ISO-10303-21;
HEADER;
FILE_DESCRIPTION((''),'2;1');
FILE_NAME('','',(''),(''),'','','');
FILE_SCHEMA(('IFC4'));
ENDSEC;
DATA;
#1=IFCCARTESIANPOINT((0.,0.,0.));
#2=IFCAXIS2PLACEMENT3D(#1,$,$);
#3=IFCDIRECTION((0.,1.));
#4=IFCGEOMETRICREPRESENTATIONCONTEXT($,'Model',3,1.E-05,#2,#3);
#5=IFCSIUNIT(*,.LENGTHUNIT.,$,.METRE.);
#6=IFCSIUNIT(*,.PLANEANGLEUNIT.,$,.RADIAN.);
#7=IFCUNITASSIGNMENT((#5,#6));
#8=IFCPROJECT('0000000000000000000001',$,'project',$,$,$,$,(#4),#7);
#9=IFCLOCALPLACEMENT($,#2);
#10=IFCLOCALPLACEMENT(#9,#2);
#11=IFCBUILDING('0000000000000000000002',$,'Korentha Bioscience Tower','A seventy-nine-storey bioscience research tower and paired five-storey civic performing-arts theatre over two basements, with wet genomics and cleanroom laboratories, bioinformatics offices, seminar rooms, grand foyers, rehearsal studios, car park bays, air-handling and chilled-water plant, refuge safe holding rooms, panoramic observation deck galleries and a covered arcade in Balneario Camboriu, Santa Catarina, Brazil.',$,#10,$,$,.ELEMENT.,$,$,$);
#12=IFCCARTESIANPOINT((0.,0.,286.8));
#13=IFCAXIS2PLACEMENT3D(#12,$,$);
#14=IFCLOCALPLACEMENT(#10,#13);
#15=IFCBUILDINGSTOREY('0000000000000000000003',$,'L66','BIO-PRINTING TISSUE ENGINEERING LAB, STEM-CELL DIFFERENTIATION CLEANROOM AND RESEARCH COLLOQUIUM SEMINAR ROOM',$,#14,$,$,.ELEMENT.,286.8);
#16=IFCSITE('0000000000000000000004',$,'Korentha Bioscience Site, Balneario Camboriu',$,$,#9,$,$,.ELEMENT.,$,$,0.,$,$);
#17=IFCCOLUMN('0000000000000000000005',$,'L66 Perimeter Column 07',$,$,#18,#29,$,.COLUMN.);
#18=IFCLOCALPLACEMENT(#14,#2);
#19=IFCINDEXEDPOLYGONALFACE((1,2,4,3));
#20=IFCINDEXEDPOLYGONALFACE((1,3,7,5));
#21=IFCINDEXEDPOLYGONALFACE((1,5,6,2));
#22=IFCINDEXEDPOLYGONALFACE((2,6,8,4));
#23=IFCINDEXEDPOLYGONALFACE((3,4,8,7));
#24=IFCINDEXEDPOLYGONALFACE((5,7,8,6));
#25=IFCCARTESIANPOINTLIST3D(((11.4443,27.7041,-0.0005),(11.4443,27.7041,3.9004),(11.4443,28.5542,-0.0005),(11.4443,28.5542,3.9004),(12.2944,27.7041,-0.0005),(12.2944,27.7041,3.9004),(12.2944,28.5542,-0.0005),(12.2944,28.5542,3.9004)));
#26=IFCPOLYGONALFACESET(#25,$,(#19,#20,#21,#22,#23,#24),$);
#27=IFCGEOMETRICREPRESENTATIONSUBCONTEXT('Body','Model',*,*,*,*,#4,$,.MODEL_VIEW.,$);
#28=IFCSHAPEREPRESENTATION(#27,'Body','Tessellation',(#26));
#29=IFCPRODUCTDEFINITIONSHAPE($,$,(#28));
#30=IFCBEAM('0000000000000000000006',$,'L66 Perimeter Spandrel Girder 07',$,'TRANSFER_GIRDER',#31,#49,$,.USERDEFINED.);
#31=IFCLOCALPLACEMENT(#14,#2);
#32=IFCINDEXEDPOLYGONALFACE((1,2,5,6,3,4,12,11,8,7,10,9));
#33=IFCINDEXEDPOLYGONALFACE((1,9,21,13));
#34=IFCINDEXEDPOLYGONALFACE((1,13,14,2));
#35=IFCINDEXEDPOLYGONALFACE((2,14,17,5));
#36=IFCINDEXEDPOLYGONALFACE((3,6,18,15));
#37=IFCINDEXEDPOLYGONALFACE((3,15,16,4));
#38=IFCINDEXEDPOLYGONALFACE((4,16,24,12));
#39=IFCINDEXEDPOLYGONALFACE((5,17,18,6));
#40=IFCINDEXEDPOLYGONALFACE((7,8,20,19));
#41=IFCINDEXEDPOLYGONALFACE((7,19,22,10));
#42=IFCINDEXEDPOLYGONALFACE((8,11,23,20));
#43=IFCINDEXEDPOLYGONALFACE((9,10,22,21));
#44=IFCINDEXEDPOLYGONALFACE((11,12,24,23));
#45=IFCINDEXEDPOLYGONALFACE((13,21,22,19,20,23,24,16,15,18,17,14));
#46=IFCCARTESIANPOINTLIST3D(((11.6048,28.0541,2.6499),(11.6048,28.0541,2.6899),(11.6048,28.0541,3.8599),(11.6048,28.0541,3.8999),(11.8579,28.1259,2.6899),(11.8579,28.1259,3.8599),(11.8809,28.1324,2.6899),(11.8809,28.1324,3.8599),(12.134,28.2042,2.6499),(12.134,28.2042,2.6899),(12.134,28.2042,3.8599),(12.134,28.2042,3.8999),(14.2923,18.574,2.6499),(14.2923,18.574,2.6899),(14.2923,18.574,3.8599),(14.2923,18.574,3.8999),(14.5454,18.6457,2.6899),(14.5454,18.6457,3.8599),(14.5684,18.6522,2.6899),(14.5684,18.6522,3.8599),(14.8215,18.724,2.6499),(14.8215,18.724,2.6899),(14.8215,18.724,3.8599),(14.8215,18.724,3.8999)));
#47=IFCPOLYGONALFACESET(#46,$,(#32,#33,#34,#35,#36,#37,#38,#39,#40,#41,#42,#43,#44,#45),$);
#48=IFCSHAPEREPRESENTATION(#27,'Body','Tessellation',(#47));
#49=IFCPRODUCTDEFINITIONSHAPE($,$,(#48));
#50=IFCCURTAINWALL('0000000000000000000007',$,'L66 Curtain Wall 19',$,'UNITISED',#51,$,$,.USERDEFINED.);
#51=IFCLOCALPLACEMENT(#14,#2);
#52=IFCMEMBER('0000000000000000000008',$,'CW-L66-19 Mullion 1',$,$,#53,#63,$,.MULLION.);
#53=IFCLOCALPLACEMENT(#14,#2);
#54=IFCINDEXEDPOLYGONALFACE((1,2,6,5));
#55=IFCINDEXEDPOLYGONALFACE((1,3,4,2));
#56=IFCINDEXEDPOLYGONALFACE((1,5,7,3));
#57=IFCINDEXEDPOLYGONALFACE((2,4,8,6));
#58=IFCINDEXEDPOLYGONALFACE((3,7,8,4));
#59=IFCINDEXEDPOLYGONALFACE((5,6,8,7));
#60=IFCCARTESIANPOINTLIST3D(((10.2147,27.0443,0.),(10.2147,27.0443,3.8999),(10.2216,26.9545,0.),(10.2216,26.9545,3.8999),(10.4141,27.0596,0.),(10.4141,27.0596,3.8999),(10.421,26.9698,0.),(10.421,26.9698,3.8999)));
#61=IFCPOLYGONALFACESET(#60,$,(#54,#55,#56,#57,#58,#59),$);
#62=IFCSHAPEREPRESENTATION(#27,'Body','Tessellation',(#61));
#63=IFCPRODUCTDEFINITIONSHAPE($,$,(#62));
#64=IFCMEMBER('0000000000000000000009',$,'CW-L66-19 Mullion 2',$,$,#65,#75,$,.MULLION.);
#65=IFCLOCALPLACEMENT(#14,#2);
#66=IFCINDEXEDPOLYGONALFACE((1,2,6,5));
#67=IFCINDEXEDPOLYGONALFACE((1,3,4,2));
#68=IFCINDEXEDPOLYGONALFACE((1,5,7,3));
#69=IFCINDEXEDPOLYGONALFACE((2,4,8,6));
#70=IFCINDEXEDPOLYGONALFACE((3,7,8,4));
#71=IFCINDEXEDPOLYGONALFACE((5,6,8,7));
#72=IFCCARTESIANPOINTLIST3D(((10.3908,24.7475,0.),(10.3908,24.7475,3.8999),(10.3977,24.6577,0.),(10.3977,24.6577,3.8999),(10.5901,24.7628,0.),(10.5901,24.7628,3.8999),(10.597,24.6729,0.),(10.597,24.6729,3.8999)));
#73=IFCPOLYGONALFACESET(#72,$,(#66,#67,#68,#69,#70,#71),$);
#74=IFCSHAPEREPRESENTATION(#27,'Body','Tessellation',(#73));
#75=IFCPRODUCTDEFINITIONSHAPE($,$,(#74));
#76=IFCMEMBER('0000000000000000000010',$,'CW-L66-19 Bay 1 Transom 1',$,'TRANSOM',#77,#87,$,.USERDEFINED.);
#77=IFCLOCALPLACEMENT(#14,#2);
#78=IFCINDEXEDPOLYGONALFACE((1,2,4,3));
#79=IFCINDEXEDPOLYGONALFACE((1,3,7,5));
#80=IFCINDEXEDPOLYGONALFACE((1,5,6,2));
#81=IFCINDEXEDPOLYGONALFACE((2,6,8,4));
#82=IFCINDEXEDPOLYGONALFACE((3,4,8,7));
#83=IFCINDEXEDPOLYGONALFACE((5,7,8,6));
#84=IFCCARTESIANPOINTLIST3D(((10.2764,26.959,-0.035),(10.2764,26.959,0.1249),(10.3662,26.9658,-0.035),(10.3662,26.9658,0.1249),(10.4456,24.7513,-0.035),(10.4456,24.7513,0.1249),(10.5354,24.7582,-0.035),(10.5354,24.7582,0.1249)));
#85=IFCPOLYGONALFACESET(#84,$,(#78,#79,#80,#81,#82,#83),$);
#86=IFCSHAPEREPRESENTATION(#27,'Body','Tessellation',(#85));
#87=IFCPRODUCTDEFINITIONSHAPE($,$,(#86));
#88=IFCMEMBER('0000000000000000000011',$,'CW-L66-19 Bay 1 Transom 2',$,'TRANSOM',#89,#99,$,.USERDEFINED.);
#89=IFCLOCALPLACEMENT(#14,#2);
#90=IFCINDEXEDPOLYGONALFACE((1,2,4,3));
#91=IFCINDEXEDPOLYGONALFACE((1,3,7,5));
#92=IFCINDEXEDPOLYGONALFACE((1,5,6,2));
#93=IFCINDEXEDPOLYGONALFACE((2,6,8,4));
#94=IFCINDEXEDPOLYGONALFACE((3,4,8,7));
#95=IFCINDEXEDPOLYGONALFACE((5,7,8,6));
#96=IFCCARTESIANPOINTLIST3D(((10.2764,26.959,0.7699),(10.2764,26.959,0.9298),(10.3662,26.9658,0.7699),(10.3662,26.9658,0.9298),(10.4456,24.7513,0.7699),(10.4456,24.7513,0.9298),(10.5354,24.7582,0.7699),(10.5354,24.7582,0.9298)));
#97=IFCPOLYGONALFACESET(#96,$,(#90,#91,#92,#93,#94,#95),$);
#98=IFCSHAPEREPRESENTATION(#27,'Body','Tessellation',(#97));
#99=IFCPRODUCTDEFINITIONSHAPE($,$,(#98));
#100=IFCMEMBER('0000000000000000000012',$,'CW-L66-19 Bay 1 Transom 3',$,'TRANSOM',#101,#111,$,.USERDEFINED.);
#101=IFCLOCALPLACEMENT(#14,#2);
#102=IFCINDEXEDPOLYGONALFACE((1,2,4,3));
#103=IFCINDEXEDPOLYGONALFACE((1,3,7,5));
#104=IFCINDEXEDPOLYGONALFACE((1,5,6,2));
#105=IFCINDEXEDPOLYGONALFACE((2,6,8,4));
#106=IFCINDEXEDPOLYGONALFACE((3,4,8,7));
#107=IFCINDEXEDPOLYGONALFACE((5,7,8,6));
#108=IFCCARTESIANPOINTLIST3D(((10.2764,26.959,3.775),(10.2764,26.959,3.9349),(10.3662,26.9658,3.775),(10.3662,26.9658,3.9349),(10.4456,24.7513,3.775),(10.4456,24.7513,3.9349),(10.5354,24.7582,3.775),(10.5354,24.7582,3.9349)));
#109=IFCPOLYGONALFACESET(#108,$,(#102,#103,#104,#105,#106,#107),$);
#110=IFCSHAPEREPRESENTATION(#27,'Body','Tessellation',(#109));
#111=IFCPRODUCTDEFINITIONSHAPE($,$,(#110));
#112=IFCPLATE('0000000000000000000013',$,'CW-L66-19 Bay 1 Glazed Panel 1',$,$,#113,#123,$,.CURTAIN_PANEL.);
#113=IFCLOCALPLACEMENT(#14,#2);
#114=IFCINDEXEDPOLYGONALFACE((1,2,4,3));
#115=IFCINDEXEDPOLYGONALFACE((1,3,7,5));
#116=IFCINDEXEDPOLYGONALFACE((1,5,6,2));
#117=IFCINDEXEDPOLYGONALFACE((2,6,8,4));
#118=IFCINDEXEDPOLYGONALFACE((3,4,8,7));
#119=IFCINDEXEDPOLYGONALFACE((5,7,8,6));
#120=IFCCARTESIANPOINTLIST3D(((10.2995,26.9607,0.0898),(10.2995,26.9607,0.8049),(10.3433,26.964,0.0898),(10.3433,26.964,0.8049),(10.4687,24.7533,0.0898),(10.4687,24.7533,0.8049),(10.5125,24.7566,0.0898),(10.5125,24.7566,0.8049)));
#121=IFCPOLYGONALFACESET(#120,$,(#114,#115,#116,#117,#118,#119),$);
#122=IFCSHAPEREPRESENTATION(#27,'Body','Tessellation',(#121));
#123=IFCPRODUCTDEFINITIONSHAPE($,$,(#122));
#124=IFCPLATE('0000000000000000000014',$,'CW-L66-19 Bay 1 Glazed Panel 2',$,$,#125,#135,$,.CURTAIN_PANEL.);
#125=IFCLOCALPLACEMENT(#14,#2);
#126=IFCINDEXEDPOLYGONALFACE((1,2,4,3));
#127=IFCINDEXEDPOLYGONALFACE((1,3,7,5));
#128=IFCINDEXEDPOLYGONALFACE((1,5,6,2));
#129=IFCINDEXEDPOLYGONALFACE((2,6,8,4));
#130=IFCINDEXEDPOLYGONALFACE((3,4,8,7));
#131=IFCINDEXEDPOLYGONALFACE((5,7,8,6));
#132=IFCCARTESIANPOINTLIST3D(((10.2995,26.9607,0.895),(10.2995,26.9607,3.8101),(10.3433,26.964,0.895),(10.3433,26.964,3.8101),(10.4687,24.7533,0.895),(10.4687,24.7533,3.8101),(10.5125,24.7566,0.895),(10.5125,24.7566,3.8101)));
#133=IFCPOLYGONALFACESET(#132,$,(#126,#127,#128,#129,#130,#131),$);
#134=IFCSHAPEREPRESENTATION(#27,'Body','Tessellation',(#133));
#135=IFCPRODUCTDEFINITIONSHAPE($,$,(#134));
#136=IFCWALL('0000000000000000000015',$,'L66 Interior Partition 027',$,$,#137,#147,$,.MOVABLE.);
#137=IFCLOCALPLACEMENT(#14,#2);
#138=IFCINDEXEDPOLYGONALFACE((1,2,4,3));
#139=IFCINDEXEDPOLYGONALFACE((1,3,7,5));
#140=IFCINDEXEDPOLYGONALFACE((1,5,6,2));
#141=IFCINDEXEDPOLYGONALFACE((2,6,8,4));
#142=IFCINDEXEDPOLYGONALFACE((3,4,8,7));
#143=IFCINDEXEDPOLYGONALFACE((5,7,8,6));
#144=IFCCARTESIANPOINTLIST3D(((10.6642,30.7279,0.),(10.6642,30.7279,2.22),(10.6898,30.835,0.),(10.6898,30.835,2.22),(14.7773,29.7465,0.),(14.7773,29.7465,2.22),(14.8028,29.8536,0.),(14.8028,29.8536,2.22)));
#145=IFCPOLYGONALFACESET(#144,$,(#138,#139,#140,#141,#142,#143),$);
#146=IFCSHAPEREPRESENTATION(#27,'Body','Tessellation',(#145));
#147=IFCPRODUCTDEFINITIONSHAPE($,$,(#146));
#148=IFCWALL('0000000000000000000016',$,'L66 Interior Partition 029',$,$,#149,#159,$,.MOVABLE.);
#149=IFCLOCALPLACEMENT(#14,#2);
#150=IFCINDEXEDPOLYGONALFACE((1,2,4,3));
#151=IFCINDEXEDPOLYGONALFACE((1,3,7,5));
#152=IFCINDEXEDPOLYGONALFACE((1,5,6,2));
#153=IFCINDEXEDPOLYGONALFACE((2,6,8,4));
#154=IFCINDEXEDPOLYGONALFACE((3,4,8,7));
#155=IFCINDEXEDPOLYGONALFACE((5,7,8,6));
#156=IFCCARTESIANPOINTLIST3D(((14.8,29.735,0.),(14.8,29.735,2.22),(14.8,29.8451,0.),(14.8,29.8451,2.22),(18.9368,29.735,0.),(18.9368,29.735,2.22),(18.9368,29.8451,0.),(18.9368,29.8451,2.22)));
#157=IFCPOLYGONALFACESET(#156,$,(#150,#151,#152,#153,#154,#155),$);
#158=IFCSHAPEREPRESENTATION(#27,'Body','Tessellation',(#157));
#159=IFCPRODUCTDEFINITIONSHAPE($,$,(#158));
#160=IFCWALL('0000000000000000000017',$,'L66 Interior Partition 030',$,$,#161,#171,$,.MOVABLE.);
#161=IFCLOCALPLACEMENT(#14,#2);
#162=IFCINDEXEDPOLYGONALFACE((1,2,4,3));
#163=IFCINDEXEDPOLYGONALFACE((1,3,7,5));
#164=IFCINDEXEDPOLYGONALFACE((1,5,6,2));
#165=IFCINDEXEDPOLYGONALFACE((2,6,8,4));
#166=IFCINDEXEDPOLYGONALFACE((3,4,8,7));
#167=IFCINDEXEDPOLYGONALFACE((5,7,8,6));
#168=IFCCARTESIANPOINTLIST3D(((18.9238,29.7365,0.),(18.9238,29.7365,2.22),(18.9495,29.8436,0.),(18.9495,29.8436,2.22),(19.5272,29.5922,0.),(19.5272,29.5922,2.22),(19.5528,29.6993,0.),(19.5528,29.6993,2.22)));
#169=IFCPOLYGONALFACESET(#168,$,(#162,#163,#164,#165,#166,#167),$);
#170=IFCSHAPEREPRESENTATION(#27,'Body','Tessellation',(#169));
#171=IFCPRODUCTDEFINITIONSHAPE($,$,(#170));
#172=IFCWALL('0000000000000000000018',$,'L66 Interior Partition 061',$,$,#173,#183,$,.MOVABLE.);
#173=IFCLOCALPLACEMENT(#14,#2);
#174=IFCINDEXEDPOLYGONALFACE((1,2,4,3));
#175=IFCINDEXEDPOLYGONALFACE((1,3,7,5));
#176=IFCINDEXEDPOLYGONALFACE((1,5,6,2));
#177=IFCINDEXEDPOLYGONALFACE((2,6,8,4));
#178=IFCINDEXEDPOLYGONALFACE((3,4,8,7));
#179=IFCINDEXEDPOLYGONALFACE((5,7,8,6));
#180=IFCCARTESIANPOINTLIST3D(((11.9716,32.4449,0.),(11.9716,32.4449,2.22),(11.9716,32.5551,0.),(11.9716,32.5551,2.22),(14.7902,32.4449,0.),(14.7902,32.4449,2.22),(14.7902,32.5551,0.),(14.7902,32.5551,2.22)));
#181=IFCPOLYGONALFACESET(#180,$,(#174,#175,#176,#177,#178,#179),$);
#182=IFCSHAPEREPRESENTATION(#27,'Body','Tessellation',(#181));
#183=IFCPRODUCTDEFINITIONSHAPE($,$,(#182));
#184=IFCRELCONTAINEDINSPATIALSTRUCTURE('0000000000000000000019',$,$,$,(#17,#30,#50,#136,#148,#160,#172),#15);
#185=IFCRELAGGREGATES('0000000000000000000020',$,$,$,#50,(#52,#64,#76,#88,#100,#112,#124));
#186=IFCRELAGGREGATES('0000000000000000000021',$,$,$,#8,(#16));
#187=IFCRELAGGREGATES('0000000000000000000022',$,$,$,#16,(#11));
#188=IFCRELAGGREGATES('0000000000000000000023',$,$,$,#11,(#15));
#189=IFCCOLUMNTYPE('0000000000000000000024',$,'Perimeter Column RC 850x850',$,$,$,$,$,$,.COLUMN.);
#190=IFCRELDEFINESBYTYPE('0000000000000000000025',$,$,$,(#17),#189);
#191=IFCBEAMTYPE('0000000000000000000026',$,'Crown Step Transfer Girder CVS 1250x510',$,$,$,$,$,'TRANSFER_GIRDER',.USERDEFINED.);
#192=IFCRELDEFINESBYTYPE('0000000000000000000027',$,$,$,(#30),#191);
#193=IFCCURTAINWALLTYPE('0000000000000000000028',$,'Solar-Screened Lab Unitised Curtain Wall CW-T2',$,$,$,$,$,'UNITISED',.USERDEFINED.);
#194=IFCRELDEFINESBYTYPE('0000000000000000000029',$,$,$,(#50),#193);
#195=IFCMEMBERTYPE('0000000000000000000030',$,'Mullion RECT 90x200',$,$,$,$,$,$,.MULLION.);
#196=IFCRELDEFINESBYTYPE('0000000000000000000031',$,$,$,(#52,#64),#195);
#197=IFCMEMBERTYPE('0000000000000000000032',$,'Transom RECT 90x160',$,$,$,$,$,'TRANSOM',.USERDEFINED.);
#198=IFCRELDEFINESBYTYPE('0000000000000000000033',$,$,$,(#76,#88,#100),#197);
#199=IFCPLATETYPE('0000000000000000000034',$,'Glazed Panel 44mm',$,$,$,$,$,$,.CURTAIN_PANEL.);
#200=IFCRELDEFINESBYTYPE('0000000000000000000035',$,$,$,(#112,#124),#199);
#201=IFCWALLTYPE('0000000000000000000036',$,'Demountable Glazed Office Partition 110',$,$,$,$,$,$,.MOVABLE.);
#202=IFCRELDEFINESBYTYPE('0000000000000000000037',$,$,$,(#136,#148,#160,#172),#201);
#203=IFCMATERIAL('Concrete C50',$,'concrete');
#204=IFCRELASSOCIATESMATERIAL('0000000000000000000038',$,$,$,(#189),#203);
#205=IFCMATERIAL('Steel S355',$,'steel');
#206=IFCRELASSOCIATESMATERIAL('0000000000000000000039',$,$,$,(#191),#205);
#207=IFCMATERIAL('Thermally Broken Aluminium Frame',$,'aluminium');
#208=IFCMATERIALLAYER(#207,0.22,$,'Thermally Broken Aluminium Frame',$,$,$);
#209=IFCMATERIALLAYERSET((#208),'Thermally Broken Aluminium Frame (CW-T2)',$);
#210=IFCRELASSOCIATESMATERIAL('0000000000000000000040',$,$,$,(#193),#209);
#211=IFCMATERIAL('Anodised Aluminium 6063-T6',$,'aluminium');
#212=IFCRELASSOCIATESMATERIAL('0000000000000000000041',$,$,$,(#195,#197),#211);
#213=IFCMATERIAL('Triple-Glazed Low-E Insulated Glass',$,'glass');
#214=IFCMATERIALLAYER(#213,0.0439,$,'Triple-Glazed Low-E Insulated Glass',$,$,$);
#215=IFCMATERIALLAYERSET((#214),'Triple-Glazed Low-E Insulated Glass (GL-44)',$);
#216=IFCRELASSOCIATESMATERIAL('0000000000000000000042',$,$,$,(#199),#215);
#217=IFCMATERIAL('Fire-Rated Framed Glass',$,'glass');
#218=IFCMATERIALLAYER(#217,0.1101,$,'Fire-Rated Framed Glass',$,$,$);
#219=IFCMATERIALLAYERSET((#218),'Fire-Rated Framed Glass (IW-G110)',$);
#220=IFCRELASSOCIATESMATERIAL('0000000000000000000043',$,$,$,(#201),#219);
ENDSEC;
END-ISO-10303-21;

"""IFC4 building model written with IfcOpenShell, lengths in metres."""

from ifc_helpers import new_model, si_unit, direction, frame, frame_2d, origin, origin_2d, place, context, subcontext, project, spatial, rectangle, i_section, extrude, material, layer, layer_set, material_profile, profile_set, type_object, element, aggregate, save


model = new_model("IFC4")

# Units and contexts
model_context = context("Model", 3, precision=1e-05, world=origin(), true_north=direction((0.0, 1.0)))
body_context = subcontext(model_context, "Body", "Model", "MODEL_VIEW")
ifc_project = project(units=[si_unit("LENGTHUNIT", "METRE"), si_unit("PLANEANGLEUNIT", "RADIAN")], contexts=[model_context])

# Site, building, storey
site_placement = place(None, origin())
site = spatial("IfcSite", under=ifc_project, at=site_placement, Name="Korentha Bioscience Site, Balneario Camboriu", CompositionType="ELEMENT", RefElevation=0.0)
building_placement = place(site_placement, origin())
building = spatial("IfcBuilding", under=site, at=building_placement, Name="Korentha Bioscience Tower", Description="A seventy-nine-storey bioscience research tower and paired five-storey civic performing-arts theatre over two basements, with wet genomics and cleanroom laboratories, bioinformatics offices, seminar rooms, grand foyers, rehearsal studios, car park bays, air-handling and chilled-water plant, refuge safe holding rooms, panoramic observation deck galleries and a covered arcade in Balneario Camboriu, Santa Catarina, Brazil.", CompositionType="ELEMENT")
storey_placement = place(building_placement, frame((0.0, 0.0, 286.8)))
storey = spatial("IfcBuildingStorey", under=building, at=storey_placement, Name="L66", Description="BIO-PRINTING TISSUE ENGINEERING LAB, STEM-CELL DIFFERENTIATION CLEANROOM AND RESEARCH COLLOQUIUM SEMINAR ROOM", CompositionType="ELEMENT", Elevation=286.8)

# Column
ifc_material_1 = material(Name="Concrete C50", Category="concrete")
ifc_material_profile_1 = material_profile(ifc_material_1, rectangle(XDim=0.8501, YDim=0.8501, at=origin_2d()), Name="Concrete C50")
ifc_profile_set_1 = profile_set([ifc_material_profile_1], Name="Concrete C50 (COL-P08)")
column_type = type_object("IfcColumnType", Name="Perimeter Column RC 850x850", PredefinedType="COLUMN", material=ifc_profile_set_1)
column_placement = place(storey_placement, frame((11.8694, 28.1292, -0.0005), z_axis=(0.0, 0.0, 1.0), x_axis=(0.0, 1.0, 0.0)))
element("IfcColumn", 1, at=column_placement, inside=storey, type_object=column_type, Name="L66 Perimeter Column 07", PredefinedType="COLUMN", context=body_context, shape_type="SweptSolid", body=[
    extrude(rectangle(XDim=0.8501, YDim=0.8501, at=origin_2d()), origin(), (0.0, 0.0, 1.0), 3.9009),
])

# Beam
ifc_material_2 = material(Name="Steel S355", Category="steel")
ifc_material_profile_2 = material_profile(ifc_material_2, i_section(OverallWidth=0.55, OverallDepth=1.25, WebThickness=0.0239, FlangeThickness=0.04, at=origin_2d()), Name="Steel S355")
ifc_profile_set_2 = profile_set([ifc_material_profile_2], Name="Steel S355 (TG-03)")
beam_type = type_object("IfcBeamType", Name="Crown Step Transfer Girder CVS 1250x510", ElementType="TRANSFER_GIRDER", PredefinedType="USERDEFINED", material=ifc_profile_set_2)
beam_placement = place(storey_placement, frame((11.8694, 28.1292, 3.2749), z_axis=(0.272738, -0.962088, 0.0), x_axis=(0.962088, 0.272738, 0.0)))
element("IfcBeam", 2, at=beam_placement, inside=storey, type_object=beam_type, Name="L66 Perimeter Spandrel Girder 07", ObjectType="TRANSFER_GIRDER", PredefinedType="USERDEFINED", context=body_context, shape_type="SweptSolid", body=[
    extrude(i_section(OverallWidth=0.55, OverallDepth=1.25, WebThickness=0.0239, FlangeThickness=0.04, at=origin_2d()), origin(), (0.0, 0.0, 1.0), 9.8538),
])

# Curtain wall, members, plates
ifc_material_3 = material(Name="Thermally Broken Aluminium Frame", Category="aluminium")
ifc_layer_1 = layer(ifc_material_3, 0.22, Name="Thermally Broken Aluminium Frame")
ifc_layer_set_1 = layer_set([ifc_layer_1], Name="Thermally Broken Aluminium Frame (CW-T2)")
curtain_wall_type = type_object("IfcCurtainWallType", Name="Solar-Screened Lab Unitised Curtain Wall CW-T2", ElementType="UNITISED", PredefinedType="USERDEFINED", material=ifc_layer_set_1)
curtain_wall_placement = place(storey_placement, origin())
curtain_wall = element("IfcCurtainWall", 3, at=curtain_wall_placement, inside=storey, type_object=curtain_wall_type, Name="L66 Curtain Wall 19", ObjectType="UNITISED", PredefinedType="USERDEFINED")
ifc_material_4 = material(Name="Anodised Aluminium 6063-T6", Category="aluminium")
ifc_material_profile_3 = material_profile(ifc_material_4, rectangle(XDim=0.0901, YDim=0.2, at=origin_2d()), Name="Anodised Aluminium 6063-T6")
ifc_profile_set_3 = profile_set([ifc_material_profile_3], Name="Anodised Aluminium 6063-T6 (CW-MUL)")
member_type_1 = type_object("IfcMemberType", Name="Mullion RECT 90x200", PredefinedType="MULLION", material=ifc_profile_set_3)
member_1_placement = place(storey_placement, frame((10.3179, 27.0071, 0.0), z_axis=(0.0, 0.0, 1.0), x_axis=(0.076447, -0.997074, 0.0)))
member_1 = element("IfcMember", 4, at=member_1_placement, type_object=member_type_1, Name="CW-L66-19 Mullion 1", PredefinedType="MULLION", context=body_context, shape_type="SweptSolid", body=[
    extrude(rectangle(XDim=0.0901, YDim=0.2, at=origin_2d()), origin(), (0.0, 0.0, 1.0), 3.8999),
])
member_2_placement = place(storey_placement, frame((10.4939, 24.7102, 0.0), z_axis=(0.0, 0.0, 1.0), x_axis=(0.076447, -0.997074, 0.0)))
member_2 = element("IfcMember", 5, at=member_2_placement, type_object=member_type_1, Name="CW-L66-19 Mullion 2", PredefinedType="MULLION", context=body_context, shape_type="SweptSolid", body=[
    extrude(rectangle(XDim=0.0901, YDim=0.2, at=origin_2d()), origin(), (0.0, 0.0, 1.0), 3.8999),
])
ifc_material_profile_4 = material_profile(ifc_material_4, rectangle(XDim=0.0901, YDim=0.1599, at=origin_2d()), Name="Anodised Aluminium 6063-T6")
ifc_profile_set_4 = profile_set([ifc_material_profile_4], Name="Anodised Aluminium 6063-T6 (CW-TRN)")
member_type_2 = type_object("IfcMemberType", Name="Transom RECT 90x160", ElementType="TRANSOM", PredefinedType="USERDEFINED", material=ifc_profile_set_4)
member_3_placement = place(storey_placement, frame((10.3213, 26.9624, 0.0449), z_axis=(0.076418, -0.997076, 0.0), x_axis=(0.997076, 0.076418, 0.0)))
member_3 = element("IfcMember", 6, at=member_3_placement, type_object=member_type_2, Name="CW-L66-19 Bay 1 Transom 1", ObjectType="TRANSOM", PredefinedType="USERDEFINED", context=body_context, shape_type="SweptSolid", body=[
    extrude(rectangle(XDim=0.0901, YDim=0.1599, at=origin_2d()), origin(), (0.0, 0.0, 1.0), 2.2141),
])
member_4_placement = place(storey_placement, frame((10.3213, 26.9624, 0.8499), z_axis=(0.076418, -0.997076, 0.0), x_axis=(0.997076, 0.076418, 0.0)))
member_4 = element("IfcMember", 7, at=member_4_placement, type_object=member_type_2, Name="CW-L66-19 Bay 1 Transom 2", ObjectType="TRANSOM", PredefinedType="USERDEFINED", context=body_context, shape_type="SweptSolid", body=[
    extrude(rectangle(XDim=0.0901, YDim=0.1599, at=origin_2d()), origin(), (0.0, 0.0, 1.0), 2.2141),
])
member_5_placement = place(storey_placement, frame((10.3213, 26.9624, 3.855), z_axis=(0.076418, -0.997076, 0.0), x_axis=(0.997076, 0.076418, 0.0)))
member_5 = element("IfcMember", 8, at=member_5_placement, type_object=member_type_2, Name="CW-L66-19 Bay 1 Transom 3", ObjectType="TRANSOM", PredefinedType="USERDEFINED", context=body_context, shape_type="SweptSolid", body=[
    extrude(rectangle(XDim=0.0901, YDim=0.1599, at=origin_2d()), origin(), (0.0, 0.0, 1.0), 2.2141),
])
ifc_material_5 = material(Name="Triple-Glazed Low-E Insulated Glass", Category="glass")
ifc_layer_2 = layer(ifc_material_5, 0.0439, Name="Triple-Glazed Low-E Insulated Glass")
ifc_layer_set_2 = layer_set([ifc_layer_2], Name="Triple-Glazed Low-E Insulated Glass (GL-44)")
plate_type = type_object("IfcPlateType", Name="Glazed Panel 44mm", PredefinedType="CURTAIN_PANEL", material=ifc_layer_set_2)
plate_1_placement = place(storey_placement, frame((10.406, 25.8586, 0.0898), z_axis=(0.0, 0.0, 1.0), x_axis=(0.076447, -0.997074, 0.0)))
plate_1 = element("IfcPlate", 9, at=plate_1_placement, type_object=plate_type, Name="CW-L66-19 Bay 1 Glazed Panel 1", PredefinedType="CURTAIN_PANEL", context=body_context, shape_type="SweptSolid", body=[
    extrude(rectangle(XDim=2.2139, YDim=0.0439, at=origin_2d()), origin(), (0.0, 0.0, 1.0), 0.7151),
])
plate_2_placement = place(storey_placement, frame((10.406, 25.8586, 0.895), z_axis=(0.0, 0.0, 1.0), x_axis=(0.076447, -0.997074, 0.0)))
plate_2 = element("IfcPlate", 10, at=plate_2_placement, type_object=plate_type, Name="CW-L66-19 Bay 1 Glazed Panel 2", PredefinedType="CURTAIN_PANEL", context=body_context, shape_type="SweptSolid", body=[
    extrude(rectangle(XDim=2.2139, YDim=0.0439, at=origin_2d()), origin(), (0.0, 0.0, 1.0), 2.915),
])
aggregate(curtain_wall, [member_1, member_2, member_3, member_4, member_5, plate_1, plate_2])

# Walls
ifc_material_6 = material(Name="Fire-Rated Framed Glass", Category="glass")
ifc_layer_3 = layer(ifc_material_6, 0.1101, Name="Fire-Rated Framed Glass")
ifc_layer_set_3 = layer_set([ifc_layer_3], Name="Fire-Rated Framed Glass (IW-G110)")
wall_type_1 = type_object("IfcWallType", Name="Demountable Glazed Office Partition 110", PredefinedType="MOVABLE", material=ifc_layer_set_3)
wall_1_placement = place(storey_placement, frame((10.677, 30.7815, 0.0), z_axis=(0.0, 0.0, 1.0), x_axis=(0.972691, -0.232102, 0.0)))
element("IfcWall", 11, at=wall_1_placement, inside=storey, type_object=wall_type_1, Name="L66 Interior Partition 027", PredefinedType="MOVABLE", context=body_context, shape_type="SweptSolid", body=[
    extrude(rectangle(XDim=4.2285, YDim=0.1101, at=frame_2d((2.1143, 0.0))), origin(), (0.0, 0.0, 1.0), 2.22),
])
wall_2_placement = place(storey_placement, frame((14.8, 29.79, 0.0), z_axis=(0.0, 0.0, 1.0), x_axis=(1.0, 0.0, 0.0)))
element("IfcWall", 12, at=wall_2_placement, inside=storey, type_object=wall_type_1, Name="L66 Interior Partition 029", PredefinedType="MOVABLE", context=body_context, shape_type="SweptSolid", body=[
    extrude(rectangle(XDim=4.1367, YDim=0.1101, at=frame_2d((2.0684, 0.0))), origin(), (0.0, 0.0, 1.0), 2.22),
])
wall_3_placement = place(storey_placement, frame((18.9368, 29.79, 0.0), z_axis=(0.0, 0.0, 1.0), x_axis=(0.972569, -0.232614, 0.0)))
element("IfcWall", 13, at=wall_3_placement, inside=storey, type_object=wall_type_1, Name="L66 Interior Partition 030", PredefinedType="MOVABLE", context=body_context, shape_type="SweptSolid", body=[
    extrude(rectangle(XDim=0.6204, YDim=0.1101, at=frame_2d((0.3101, 0.0))), origin(), (0.0, 0.0, 1.0), 2.22),
])
wall_4_placement = place(storey_placement, frame((14.79, 32.5, 0.0), z_axis=(0.0, 0.0, 1.0), x_axis=(-1.0, 0.0, 0.0)))
element("IfcWall", 14, at=wall_4_placement, inside=storey, type_object=wall_type_1, Name="L66 Interior Partition 061", PredefinedType="MOVABLE", context=body_context, shape_type="SweptSolid", body=[
    extrude(rectangle(XDim=2.8186, YDim=0.1101, at=frame_2d((1.4092, 0.0))), origin(), (0.0, 0.0, 1.0), 2.22),
])

save(model, "model.ifc")
